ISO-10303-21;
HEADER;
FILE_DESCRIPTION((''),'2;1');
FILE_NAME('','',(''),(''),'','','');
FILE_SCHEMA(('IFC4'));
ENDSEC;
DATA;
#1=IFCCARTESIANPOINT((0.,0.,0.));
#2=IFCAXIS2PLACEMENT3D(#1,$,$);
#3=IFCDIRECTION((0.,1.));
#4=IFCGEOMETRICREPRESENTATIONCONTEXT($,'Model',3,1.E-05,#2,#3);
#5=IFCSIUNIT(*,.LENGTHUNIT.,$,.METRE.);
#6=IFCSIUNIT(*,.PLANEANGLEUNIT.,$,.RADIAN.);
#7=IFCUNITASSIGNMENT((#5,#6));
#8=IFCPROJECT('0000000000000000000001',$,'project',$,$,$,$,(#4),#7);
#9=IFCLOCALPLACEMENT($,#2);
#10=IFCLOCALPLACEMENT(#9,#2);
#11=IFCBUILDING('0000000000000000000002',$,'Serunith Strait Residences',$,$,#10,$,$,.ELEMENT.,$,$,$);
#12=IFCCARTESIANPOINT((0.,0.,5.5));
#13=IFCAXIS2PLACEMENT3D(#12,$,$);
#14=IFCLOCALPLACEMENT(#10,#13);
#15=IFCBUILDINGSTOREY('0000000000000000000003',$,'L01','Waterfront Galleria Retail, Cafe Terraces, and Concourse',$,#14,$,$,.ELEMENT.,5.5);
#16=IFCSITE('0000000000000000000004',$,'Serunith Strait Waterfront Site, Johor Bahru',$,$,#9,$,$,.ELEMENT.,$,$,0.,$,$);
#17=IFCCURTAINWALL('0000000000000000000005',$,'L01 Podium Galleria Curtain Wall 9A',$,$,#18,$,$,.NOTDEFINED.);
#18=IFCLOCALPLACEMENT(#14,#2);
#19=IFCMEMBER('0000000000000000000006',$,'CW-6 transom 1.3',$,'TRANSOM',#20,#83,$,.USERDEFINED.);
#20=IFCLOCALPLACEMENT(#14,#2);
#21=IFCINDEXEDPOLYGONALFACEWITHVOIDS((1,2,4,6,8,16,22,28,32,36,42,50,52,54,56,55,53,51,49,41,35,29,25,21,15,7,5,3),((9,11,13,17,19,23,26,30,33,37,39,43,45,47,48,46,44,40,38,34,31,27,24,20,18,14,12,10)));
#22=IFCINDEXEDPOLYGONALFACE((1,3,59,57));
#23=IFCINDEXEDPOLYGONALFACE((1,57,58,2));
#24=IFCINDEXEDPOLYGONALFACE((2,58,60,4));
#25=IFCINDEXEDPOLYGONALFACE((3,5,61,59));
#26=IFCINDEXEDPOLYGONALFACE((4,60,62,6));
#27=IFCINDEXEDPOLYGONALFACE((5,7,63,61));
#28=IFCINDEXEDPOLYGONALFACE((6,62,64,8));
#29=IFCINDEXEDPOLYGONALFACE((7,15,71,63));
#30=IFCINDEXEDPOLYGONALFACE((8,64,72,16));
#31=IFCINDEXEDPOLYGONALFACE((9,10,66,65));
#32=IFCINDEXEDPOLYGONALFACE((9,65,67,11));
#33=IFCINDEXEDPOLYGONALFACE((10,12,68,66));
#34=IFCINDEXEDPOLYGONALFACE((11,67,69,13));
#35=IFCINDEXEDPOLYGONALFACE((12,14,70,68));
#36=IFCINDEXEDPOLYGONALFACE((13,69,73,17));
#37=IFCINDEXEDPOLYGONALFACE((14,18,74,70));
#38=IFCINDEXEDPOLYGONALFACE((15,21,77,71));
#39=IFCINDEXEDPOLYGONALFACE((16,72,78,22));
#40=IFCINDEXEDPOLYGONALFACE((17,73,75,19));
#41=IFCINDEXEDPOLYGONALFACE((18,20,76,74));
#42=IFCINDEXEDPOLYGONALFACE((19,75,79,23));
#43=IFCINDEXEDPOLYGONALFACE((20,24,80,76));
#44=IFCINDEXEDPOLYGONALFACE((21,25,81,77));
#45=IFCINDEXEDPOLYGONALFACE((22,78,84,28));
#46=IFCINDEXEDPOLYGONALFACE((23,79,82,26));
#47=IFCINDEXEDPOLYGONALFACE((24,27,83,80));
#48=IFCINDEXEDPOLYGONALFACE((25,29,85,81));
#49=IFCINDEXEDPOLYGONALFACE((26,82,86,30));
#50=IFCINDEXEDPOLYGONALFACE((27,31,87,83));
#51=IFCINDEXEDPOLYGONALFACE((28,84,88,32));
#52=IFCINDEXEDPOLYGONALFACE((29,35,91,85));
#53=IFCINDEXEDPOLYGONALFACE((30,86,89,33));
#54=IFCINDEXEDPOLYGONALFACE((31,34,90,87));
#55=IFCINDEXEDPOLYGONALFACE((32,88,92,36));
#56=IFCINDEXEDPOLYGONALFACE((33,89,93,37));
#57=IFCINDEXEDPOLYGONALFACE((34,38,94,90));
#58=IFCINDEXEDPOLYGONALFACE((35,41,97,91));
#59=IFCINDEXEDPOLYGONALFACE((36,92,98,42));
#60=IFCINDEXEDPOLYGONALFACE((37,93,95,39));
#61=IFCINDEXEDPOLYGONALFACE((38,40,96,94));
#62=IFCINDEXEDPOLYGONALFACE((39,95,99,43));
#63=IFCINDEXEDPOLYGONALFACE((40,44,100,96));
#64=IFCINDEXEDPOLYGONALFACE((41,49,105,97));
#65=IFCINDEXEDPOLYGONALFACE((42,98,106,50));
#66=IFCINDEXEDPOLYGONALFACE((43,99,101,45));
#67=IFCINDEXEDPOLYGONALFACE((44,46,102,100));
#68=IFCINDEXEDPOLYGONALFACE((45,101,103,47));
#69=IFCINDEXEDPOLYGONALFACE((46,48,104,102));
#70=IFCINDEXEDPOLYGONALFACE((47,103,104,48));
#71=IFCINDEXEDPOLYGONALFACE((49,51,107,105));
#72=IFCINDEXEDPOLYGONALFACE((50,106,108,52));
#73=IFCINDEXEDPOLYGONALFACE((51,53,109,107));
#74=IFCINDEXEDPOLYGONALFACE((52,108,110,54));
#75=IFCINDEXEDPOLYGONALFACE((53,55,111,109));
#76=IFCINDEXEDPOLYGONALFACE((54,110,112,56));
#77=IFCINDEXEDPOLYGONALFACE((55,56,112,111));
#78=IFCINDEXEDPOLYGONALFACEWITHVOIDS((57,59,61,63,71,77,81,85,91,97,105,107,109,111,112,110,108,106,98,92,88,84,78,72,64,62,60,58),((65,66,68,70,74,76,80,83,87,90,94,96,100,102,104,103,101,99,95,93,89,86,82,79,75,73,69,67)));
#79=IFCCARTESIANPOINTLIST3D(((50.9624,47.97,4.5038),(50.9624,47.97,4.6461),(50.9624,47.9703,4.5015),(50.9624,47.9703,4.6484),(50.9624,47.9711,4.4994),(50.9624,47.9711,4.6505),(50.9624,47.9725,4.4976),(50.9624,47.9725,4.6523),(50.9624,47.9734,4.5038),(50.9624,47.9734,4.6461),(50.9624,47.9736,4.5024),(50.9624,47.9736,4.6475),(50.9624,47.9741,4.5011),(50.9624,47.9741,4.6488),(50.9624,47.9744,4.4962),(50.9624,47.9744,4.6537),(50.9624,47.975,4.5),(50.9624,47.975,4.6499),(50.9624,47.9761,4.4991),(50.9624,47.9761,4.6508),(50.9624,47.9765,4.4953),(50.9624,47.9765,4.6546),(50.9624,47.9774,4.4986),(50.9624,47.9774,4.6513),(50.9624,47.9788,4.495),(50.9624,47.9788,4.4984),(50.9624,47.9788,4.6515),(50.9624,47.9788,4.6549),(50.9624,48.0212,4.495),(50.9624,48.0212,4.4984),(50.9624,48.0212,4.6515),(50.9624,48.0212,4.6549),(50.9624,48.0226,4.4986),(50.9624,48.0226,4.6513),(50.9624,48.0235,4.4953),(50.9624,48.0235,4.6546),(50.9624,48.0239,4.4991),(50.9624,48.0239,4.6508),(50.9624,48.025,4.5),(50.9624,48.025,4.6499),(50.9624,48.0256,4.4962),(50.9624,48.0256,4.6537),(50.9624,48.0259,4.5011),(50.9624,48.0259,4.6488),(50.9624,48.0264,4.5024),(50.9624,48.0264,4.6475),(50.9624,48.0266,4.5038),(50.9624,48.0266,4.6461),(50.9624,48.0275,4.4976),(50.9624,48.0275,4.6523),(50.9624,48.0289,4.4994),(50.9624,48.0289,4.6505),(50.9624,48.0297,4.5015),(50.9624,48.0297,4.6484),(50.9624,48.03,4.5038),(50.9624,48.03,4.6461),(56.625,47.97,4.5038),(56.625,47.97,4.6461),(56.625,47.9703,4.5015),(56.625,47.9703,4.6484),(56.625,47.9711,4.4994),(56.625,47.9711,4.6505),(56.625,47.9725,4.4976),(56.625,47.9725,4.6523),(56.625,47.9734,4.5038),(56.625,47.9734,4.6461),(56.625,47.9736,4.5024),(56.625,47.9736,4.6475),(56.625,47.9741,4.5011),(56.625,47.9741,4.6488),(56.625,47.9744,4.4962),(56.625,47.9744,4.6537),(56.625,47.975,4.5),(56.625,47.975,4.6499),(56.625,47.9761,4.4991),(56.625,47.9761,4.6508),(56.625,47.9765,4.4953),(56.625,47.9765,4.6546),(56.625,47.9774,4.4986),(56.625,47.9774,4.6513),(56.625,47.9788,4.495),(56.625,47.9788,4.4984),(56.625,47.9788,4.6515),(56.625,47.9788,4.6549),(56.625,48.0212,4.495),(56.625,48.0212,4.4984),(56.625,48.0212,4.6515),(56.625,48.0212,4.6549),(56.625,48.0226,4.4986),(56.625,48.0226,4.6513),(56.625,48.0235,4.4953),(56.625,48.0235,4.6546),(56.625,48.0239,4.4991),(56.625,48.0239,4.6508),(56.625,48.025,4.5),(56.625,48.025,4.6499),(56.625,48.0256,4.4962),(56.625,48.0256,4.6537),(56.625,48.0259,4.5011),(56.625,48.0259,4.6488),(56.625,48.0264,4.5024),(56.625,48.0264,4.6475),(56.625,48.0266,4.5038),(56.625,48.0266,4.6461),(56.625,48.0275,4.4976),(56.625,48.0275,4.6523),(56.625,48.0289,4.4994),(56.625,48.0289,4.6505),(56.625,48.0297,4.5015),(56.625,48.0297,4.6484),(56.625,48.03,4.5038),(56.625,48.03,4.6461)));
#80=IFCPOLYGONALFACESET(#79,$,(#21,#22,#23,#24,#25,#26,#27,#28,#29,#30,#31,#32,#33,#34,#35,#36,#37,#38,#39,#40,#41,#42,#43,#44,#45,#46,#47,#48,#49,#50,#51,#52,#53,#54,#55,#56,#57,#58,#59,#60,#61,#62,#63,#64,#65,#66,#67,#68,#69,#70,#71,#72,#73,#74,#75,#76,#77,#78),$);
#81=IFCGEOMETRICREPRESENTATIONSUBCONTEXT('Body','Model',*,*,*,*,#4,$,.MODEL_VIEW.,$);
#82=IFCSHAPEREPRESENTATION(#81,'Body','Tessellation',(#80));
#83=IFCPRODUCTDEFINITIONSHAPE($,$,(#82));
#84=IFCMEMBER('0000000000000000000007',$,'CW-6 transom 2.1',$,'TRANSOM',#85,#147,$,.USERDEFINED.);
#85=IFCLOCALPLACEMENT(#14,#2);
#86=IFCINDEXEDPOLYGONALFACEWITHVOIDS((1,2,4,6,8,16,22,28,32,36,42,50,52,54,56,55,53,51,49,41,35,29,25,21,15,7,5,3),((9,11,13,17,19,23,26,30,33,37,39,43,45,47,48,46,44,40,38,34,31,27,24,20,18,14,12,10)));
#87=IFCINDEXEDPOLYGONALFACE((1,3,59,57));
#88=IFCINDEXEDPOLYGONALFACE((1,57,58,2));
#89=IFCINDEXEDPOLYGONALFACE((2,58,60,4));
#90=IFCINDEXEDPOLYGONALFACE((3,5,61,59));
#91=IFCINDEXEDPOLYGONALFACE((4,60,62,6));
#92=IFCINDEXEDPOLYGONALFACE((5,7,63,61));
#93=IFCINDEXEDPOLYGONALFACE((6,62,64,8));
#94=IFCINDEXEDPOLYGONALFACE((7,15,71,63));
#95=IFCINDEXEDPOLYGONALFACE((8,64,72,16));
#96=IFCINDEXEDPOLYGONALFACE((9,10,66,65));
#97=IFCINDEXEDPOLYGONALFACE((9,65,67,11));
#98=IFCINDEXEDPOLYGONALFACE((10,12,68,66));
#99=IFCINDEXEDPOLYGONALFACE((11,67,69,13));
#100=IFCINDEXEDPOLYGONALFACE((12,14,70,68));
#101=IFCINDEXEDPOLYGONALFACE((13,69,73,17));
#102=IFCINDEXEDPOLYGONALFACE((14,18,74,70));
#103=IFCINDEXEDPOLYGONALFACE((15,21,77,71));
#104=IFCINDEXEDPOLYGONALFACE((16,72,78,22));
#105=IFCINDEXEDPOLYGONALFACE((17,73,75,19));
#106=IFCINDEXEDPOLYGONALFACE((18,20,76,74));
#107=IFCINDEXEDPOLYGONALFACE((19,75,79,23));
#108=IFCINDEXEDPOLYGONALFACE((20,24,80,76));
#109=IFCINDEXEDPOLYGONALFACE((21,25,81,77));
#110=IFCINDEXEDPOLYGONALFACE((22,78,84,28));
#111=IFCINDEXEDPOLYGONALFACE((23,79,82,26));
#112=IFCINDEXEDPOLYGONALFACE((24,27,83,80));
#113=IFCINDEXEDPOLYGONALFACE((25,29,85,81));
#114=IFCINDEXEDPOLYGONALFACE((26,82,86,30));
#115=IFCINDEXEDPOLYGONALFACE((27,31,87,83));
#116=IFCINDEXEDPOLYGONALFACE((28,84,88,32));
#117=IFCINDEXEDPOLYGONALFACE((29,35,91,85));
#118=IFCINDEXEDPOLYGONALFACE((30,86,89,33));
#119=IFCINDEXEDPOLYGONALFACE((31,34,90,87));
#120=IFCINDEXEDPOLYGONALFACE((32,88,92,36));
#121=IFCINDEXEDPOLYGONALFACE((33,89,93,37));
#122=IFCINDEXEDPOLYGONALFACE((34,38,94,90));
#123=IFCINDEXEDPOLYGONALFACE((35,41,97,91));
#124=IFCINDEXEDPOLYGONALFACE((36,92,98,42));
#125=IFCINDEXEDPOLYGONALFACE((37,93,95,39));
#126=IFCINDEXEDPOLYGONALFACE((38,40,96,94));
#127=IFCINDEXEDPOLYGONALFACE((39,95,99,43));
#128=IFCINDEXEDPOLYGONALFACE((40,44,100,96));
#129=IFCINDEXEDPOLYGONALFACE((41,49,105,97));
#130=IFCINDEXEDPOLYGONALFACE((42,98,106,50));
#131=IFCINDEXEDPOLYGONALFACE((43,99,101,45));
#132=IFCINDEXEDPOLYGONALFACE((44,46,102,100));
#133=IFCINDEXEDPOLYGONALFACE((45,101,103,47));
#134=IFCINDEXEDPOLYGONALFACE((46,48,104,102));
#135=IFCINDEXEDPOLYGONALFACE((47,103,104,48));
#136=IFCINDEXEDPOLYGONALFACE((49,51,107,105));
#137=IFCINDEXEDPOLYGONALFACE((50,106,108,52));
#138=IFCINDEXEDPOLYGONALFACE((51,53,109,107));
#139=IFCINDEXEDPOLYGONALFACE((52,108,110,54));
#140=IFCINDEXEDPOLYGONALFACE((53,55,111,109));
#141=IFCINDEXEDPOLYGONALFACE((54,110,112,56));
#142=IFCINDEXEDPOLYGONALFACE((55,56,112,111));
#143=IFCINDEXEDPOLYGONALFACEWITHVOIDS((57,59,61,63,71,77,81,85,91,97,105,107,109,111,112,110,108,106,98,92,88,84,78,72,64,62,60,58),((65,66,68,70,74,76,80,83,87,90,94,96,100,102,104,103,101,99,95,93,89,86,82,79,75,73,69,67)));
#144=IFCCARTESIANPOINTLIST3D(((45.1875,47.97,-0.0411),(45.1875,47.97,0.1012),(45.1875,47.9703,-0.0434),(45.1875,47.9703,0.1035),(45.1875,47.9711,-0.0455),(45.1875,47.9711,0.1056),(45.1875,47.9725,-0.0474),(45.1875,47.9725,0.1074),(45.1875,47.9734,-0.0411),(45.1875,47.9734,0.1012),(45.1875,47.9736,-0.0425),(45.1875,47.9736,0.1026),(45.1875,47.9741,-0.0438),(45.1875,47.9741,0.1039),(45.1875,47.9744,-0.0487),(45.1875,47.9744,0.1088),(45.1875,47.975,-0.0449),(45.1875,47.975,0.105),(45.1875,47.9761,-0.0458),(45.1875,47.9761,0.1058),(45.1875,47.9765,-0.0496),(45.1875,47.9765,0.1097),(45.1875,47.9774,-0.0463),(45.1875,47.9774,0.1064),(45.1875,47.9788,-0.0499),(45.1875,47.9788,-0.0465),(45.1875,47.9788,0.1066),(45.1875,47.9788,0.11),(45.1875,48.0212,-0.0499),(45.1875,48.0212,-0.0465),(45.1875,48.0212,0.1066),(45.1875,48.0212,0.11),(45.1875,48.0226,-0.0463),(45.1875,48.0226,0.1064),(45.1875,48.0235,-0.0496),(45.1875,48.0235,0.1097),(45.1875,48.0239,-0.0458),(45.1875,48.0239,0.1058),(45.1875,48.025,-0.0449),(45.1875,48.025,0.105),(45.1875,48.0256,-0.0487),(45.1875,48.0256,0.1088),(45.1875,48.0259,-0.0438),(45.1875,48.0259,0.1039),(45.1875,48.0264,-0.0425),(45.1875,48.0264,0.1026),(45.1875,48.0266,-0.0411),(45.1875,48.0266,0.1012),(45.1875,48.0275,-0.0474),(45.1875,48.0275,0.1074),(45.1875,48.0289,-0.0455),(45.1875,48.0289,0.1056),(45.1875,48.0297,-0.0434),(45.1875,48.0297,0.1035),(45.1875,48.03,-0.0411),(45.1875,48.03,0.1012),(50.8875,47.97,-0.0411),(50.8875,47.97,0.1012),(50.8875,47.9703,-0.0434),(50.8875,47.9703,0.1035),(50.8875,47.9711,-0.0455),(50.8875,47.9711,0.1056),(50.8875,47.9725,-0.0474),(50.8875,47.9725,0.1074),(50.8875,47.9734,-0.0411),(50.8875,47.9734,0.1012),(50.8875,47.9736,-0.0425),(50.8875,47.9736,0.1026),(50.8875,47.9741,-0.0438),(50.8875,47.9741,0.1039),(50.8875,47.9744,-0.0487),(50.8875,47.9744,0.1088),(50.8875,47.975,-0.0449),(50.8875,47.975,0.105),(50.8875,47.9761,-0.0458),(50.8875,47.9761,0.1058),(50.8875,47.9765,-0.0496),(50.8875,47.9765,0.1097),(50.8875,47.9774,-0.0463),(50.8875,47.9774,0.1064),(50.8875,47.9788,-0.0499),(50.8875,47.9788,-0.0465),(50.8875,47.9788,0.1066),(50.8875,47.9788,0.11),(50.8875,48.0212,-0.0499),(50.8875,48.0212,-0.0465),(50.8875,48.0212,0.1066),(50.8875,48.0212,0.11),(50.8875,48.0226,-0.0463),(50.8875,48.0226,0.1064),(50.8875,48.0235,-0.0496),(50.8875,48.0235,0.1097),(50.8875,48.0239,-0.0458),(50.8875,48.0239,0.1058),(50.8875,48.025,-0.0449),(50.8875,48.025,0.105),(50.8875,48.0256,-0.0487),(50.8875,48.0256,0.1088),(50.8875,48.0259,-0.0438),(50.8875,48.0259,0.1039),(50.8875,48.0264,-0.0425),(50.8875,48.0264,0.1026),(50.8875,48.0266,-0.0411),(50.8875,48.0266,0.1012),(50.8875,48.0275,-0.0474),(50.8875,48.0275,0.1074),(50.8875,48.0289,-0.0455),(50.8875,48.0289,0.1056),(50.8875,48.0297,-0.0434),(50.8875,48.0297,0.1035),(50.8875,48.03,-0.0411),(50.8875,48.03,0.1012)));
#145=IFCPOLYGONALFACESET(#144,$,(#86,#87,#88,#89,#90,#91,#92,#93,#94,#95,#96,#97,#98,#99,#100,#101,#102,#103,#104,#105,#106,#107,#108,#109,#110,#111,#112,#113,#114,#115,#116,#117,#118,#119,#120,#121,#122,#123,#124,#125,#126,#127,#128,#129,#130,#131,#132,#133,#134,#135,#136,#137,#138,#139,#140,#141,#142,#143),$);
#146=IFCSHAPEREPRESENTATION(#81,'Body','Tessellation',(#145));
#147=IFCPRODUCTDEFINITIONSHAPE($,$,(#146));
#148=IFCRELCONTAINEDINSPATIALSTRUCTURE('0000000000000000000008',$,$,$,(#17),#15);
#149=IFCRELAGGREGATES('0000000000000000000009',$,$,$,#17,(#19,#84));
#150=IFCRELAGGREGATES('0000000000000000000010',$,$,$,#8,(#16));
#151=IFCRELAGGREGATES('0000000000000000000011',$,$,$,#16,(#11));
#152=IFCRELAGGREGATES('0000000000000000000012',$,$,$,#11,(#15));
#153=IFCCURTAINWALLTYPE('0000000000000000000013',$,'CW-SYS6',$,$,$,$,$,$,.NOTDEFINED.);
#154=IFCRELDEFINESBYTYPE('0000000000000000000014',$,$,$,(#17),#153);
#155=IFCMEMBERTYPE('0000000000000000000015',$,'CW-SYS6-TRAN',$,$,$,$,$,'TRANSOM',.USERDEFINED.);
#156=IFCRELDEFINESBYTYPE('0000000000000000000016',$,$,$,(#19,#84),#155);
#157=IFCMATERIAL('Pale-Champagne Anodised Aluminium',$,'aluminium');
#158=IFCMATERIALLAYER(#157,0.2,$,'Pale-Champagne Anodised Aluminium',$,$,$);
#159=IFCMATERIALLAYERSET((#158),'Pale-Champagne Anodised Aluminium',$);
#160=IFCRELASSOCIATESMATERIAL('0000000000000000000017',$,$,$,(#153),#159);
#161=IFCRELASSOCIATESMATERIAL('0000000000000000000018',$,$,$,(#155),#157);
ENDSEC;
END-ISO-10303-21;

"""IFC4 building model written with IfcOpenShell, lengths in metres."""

from ifc_helpers import new_model, si_unit, direction, frame, origin, origin_2d, place, context, subcontext, project, spatial, hollow_rectangle, extrude, source, transform, mapped, material, layer, layer_set, material_profile, profile_set, type_object, element, aggregate, save


model = new_model("IFC4")

# Units and contexts
model_context = context("Model", 3, precision=1e-05, world=origin(), true_north=direction((0.0, 1.0)))
body_context = subcontext(model_context, "Body", "Model", "MODEL_VIEW")
ifc_project = project(units=[si_unit("LENGTHUNIT", "METRE"), si_unit("PLANEANGLEUNIT", "RADIAN")], contexts=[model_context])

# Site, building, storey
site_placement = place(None, origin())
site = spatial("IfcSite", under=ifc_project, at=site_placement, Name="Serunith Strait Waterfront Site, Johor Bahru", CompositionType="ELEMENT", RefElevation=0.0)
building_placement = place(site_placement, origin())
building = spatial("IfcBuilding", under=site, at=building_placement, Name="Serunith Strait Residences", CompositionType="ELEMENT")
storey_placement = place(building_placement, frame((0.0, 0.0, 5.5)))
storey = spatial("IfcBuildingStorey", under=building, at=storey_placement, Name="L01", Description="Waterfront Galleria Retail, Cafe Terraces, and Concourse", CompositionType="ELEMENT", Elevation=5.5)

# Curtain wall, members
ifc_material_1 = material(Name="Pale-Champagne Anodised Aluminium", Category="aluminium")
ifc_layer_1 = layer(ifc_material_1, 0.2, Name="Pale-Champagne Anodised Aluminium")
ifc_layer_set_1 = layer_set([ifc_layer_1], Name="Pale-Champagne Anodised Aluminium")
curtain_wall_type = type_object("IfcCurtainWallType", Name="CW-SYS6", PredefinedType="NOTDEFINED", material=ifc_layer_set_1)
curtain_wall_placement = place(storey_placement, origin())
curtain_wall = element("IfcCurtainWall", 1, at=curtain_wall_placement, inside=storey, type_object=curtain_wall_type, Name="L01 Podium Galleria Curtain Wall 9A", PredefinedType="NOTDEFINED")
ifc_material_profile_1 = material_profile(ifc_material_1, hollow_rectangle(XDim=0.0601, YDim=0.1599, WallThickness=0.0034, InnerFilletRadius=0.0054, OuterFilletRadius=0.0088, at=origin_2d()), Name="ALU 160x60x3.5")
ifc_profile_set_1 = profile_set([ifc_material_profile_1], Name="Pale-Champagne Anodised Aluminium")
member_type_1 = type_object("IfcMemberType", Name="CW-SYS6-TRAN", ElementType="TRANSOM", PredefinedType="USERDEFINED", material=ifc_profile_set_1)
shared_shape_1 = source(origin(), body_context, "Body", "SweptSolid", [
    extrude(hollow_rectangle(XDim=0.0601, YDim=0.1599, WallThickness=0.0034, InnerFilletRadius=0.0054, OuterFilletRadius=0.0088, at=origin_2d()), origin(), (0.0, 0.0, 1.0), 5.6626),
])
member_1_placement = place(storey_placement, frame((56.625, 48.0, 4.575), z_axis=(-1.0, 0.0, 0.0), x_axis=(0.0, -1.0, 0.0)))
member_1 = element("IfcMember", 2, at=member_1_placement, type_object=member_type_1, Name="CW-6 transom 1.3", ObjectType="TRANSOM", PredefinedType="USERDEFINED", context=body_context, shape_type="MappedRepresentation", body=[
    mapped(shared_shape_1, transform((0.0, 0.0, 0.0), scale=1.0)),
])
shared_shape_2 = source(origin(), body_context, "Body", "SweptSolid", [
    extrude(hollow_rectangle(XDim=0.0601, YDim=0.1599, WallThickness=0.0034, InnerFilletRadius=0.0054, OuterFilletRadius=0.0088, at=origin_2d()), origin(), (0.0, 0.0, 1.0), 5.7),
])
member_2_placement = place(storey_placement, frame((50.8875, 48.0, 0.03), z_axis=(-1.0, 0.0, 0.0), x_axis=(0.0, -1.0, 0.0)))
member_2 = element("IfcMember", 3, at=member_2_placement, type_object=member_type_1, Name="CW-6 transom 2.1", ObjectType="TRANSOM", PredefinedType="USERDEFINED", context=body_context, shape_type="MappedRepresentation", body=[
    mapped(shared_shape_2, transform((0.0, 0.0, 0.0), scale=1.0)),
])
aggregate(curtain_wall, [member_1, member_2])

save(model, "model.ifc")
